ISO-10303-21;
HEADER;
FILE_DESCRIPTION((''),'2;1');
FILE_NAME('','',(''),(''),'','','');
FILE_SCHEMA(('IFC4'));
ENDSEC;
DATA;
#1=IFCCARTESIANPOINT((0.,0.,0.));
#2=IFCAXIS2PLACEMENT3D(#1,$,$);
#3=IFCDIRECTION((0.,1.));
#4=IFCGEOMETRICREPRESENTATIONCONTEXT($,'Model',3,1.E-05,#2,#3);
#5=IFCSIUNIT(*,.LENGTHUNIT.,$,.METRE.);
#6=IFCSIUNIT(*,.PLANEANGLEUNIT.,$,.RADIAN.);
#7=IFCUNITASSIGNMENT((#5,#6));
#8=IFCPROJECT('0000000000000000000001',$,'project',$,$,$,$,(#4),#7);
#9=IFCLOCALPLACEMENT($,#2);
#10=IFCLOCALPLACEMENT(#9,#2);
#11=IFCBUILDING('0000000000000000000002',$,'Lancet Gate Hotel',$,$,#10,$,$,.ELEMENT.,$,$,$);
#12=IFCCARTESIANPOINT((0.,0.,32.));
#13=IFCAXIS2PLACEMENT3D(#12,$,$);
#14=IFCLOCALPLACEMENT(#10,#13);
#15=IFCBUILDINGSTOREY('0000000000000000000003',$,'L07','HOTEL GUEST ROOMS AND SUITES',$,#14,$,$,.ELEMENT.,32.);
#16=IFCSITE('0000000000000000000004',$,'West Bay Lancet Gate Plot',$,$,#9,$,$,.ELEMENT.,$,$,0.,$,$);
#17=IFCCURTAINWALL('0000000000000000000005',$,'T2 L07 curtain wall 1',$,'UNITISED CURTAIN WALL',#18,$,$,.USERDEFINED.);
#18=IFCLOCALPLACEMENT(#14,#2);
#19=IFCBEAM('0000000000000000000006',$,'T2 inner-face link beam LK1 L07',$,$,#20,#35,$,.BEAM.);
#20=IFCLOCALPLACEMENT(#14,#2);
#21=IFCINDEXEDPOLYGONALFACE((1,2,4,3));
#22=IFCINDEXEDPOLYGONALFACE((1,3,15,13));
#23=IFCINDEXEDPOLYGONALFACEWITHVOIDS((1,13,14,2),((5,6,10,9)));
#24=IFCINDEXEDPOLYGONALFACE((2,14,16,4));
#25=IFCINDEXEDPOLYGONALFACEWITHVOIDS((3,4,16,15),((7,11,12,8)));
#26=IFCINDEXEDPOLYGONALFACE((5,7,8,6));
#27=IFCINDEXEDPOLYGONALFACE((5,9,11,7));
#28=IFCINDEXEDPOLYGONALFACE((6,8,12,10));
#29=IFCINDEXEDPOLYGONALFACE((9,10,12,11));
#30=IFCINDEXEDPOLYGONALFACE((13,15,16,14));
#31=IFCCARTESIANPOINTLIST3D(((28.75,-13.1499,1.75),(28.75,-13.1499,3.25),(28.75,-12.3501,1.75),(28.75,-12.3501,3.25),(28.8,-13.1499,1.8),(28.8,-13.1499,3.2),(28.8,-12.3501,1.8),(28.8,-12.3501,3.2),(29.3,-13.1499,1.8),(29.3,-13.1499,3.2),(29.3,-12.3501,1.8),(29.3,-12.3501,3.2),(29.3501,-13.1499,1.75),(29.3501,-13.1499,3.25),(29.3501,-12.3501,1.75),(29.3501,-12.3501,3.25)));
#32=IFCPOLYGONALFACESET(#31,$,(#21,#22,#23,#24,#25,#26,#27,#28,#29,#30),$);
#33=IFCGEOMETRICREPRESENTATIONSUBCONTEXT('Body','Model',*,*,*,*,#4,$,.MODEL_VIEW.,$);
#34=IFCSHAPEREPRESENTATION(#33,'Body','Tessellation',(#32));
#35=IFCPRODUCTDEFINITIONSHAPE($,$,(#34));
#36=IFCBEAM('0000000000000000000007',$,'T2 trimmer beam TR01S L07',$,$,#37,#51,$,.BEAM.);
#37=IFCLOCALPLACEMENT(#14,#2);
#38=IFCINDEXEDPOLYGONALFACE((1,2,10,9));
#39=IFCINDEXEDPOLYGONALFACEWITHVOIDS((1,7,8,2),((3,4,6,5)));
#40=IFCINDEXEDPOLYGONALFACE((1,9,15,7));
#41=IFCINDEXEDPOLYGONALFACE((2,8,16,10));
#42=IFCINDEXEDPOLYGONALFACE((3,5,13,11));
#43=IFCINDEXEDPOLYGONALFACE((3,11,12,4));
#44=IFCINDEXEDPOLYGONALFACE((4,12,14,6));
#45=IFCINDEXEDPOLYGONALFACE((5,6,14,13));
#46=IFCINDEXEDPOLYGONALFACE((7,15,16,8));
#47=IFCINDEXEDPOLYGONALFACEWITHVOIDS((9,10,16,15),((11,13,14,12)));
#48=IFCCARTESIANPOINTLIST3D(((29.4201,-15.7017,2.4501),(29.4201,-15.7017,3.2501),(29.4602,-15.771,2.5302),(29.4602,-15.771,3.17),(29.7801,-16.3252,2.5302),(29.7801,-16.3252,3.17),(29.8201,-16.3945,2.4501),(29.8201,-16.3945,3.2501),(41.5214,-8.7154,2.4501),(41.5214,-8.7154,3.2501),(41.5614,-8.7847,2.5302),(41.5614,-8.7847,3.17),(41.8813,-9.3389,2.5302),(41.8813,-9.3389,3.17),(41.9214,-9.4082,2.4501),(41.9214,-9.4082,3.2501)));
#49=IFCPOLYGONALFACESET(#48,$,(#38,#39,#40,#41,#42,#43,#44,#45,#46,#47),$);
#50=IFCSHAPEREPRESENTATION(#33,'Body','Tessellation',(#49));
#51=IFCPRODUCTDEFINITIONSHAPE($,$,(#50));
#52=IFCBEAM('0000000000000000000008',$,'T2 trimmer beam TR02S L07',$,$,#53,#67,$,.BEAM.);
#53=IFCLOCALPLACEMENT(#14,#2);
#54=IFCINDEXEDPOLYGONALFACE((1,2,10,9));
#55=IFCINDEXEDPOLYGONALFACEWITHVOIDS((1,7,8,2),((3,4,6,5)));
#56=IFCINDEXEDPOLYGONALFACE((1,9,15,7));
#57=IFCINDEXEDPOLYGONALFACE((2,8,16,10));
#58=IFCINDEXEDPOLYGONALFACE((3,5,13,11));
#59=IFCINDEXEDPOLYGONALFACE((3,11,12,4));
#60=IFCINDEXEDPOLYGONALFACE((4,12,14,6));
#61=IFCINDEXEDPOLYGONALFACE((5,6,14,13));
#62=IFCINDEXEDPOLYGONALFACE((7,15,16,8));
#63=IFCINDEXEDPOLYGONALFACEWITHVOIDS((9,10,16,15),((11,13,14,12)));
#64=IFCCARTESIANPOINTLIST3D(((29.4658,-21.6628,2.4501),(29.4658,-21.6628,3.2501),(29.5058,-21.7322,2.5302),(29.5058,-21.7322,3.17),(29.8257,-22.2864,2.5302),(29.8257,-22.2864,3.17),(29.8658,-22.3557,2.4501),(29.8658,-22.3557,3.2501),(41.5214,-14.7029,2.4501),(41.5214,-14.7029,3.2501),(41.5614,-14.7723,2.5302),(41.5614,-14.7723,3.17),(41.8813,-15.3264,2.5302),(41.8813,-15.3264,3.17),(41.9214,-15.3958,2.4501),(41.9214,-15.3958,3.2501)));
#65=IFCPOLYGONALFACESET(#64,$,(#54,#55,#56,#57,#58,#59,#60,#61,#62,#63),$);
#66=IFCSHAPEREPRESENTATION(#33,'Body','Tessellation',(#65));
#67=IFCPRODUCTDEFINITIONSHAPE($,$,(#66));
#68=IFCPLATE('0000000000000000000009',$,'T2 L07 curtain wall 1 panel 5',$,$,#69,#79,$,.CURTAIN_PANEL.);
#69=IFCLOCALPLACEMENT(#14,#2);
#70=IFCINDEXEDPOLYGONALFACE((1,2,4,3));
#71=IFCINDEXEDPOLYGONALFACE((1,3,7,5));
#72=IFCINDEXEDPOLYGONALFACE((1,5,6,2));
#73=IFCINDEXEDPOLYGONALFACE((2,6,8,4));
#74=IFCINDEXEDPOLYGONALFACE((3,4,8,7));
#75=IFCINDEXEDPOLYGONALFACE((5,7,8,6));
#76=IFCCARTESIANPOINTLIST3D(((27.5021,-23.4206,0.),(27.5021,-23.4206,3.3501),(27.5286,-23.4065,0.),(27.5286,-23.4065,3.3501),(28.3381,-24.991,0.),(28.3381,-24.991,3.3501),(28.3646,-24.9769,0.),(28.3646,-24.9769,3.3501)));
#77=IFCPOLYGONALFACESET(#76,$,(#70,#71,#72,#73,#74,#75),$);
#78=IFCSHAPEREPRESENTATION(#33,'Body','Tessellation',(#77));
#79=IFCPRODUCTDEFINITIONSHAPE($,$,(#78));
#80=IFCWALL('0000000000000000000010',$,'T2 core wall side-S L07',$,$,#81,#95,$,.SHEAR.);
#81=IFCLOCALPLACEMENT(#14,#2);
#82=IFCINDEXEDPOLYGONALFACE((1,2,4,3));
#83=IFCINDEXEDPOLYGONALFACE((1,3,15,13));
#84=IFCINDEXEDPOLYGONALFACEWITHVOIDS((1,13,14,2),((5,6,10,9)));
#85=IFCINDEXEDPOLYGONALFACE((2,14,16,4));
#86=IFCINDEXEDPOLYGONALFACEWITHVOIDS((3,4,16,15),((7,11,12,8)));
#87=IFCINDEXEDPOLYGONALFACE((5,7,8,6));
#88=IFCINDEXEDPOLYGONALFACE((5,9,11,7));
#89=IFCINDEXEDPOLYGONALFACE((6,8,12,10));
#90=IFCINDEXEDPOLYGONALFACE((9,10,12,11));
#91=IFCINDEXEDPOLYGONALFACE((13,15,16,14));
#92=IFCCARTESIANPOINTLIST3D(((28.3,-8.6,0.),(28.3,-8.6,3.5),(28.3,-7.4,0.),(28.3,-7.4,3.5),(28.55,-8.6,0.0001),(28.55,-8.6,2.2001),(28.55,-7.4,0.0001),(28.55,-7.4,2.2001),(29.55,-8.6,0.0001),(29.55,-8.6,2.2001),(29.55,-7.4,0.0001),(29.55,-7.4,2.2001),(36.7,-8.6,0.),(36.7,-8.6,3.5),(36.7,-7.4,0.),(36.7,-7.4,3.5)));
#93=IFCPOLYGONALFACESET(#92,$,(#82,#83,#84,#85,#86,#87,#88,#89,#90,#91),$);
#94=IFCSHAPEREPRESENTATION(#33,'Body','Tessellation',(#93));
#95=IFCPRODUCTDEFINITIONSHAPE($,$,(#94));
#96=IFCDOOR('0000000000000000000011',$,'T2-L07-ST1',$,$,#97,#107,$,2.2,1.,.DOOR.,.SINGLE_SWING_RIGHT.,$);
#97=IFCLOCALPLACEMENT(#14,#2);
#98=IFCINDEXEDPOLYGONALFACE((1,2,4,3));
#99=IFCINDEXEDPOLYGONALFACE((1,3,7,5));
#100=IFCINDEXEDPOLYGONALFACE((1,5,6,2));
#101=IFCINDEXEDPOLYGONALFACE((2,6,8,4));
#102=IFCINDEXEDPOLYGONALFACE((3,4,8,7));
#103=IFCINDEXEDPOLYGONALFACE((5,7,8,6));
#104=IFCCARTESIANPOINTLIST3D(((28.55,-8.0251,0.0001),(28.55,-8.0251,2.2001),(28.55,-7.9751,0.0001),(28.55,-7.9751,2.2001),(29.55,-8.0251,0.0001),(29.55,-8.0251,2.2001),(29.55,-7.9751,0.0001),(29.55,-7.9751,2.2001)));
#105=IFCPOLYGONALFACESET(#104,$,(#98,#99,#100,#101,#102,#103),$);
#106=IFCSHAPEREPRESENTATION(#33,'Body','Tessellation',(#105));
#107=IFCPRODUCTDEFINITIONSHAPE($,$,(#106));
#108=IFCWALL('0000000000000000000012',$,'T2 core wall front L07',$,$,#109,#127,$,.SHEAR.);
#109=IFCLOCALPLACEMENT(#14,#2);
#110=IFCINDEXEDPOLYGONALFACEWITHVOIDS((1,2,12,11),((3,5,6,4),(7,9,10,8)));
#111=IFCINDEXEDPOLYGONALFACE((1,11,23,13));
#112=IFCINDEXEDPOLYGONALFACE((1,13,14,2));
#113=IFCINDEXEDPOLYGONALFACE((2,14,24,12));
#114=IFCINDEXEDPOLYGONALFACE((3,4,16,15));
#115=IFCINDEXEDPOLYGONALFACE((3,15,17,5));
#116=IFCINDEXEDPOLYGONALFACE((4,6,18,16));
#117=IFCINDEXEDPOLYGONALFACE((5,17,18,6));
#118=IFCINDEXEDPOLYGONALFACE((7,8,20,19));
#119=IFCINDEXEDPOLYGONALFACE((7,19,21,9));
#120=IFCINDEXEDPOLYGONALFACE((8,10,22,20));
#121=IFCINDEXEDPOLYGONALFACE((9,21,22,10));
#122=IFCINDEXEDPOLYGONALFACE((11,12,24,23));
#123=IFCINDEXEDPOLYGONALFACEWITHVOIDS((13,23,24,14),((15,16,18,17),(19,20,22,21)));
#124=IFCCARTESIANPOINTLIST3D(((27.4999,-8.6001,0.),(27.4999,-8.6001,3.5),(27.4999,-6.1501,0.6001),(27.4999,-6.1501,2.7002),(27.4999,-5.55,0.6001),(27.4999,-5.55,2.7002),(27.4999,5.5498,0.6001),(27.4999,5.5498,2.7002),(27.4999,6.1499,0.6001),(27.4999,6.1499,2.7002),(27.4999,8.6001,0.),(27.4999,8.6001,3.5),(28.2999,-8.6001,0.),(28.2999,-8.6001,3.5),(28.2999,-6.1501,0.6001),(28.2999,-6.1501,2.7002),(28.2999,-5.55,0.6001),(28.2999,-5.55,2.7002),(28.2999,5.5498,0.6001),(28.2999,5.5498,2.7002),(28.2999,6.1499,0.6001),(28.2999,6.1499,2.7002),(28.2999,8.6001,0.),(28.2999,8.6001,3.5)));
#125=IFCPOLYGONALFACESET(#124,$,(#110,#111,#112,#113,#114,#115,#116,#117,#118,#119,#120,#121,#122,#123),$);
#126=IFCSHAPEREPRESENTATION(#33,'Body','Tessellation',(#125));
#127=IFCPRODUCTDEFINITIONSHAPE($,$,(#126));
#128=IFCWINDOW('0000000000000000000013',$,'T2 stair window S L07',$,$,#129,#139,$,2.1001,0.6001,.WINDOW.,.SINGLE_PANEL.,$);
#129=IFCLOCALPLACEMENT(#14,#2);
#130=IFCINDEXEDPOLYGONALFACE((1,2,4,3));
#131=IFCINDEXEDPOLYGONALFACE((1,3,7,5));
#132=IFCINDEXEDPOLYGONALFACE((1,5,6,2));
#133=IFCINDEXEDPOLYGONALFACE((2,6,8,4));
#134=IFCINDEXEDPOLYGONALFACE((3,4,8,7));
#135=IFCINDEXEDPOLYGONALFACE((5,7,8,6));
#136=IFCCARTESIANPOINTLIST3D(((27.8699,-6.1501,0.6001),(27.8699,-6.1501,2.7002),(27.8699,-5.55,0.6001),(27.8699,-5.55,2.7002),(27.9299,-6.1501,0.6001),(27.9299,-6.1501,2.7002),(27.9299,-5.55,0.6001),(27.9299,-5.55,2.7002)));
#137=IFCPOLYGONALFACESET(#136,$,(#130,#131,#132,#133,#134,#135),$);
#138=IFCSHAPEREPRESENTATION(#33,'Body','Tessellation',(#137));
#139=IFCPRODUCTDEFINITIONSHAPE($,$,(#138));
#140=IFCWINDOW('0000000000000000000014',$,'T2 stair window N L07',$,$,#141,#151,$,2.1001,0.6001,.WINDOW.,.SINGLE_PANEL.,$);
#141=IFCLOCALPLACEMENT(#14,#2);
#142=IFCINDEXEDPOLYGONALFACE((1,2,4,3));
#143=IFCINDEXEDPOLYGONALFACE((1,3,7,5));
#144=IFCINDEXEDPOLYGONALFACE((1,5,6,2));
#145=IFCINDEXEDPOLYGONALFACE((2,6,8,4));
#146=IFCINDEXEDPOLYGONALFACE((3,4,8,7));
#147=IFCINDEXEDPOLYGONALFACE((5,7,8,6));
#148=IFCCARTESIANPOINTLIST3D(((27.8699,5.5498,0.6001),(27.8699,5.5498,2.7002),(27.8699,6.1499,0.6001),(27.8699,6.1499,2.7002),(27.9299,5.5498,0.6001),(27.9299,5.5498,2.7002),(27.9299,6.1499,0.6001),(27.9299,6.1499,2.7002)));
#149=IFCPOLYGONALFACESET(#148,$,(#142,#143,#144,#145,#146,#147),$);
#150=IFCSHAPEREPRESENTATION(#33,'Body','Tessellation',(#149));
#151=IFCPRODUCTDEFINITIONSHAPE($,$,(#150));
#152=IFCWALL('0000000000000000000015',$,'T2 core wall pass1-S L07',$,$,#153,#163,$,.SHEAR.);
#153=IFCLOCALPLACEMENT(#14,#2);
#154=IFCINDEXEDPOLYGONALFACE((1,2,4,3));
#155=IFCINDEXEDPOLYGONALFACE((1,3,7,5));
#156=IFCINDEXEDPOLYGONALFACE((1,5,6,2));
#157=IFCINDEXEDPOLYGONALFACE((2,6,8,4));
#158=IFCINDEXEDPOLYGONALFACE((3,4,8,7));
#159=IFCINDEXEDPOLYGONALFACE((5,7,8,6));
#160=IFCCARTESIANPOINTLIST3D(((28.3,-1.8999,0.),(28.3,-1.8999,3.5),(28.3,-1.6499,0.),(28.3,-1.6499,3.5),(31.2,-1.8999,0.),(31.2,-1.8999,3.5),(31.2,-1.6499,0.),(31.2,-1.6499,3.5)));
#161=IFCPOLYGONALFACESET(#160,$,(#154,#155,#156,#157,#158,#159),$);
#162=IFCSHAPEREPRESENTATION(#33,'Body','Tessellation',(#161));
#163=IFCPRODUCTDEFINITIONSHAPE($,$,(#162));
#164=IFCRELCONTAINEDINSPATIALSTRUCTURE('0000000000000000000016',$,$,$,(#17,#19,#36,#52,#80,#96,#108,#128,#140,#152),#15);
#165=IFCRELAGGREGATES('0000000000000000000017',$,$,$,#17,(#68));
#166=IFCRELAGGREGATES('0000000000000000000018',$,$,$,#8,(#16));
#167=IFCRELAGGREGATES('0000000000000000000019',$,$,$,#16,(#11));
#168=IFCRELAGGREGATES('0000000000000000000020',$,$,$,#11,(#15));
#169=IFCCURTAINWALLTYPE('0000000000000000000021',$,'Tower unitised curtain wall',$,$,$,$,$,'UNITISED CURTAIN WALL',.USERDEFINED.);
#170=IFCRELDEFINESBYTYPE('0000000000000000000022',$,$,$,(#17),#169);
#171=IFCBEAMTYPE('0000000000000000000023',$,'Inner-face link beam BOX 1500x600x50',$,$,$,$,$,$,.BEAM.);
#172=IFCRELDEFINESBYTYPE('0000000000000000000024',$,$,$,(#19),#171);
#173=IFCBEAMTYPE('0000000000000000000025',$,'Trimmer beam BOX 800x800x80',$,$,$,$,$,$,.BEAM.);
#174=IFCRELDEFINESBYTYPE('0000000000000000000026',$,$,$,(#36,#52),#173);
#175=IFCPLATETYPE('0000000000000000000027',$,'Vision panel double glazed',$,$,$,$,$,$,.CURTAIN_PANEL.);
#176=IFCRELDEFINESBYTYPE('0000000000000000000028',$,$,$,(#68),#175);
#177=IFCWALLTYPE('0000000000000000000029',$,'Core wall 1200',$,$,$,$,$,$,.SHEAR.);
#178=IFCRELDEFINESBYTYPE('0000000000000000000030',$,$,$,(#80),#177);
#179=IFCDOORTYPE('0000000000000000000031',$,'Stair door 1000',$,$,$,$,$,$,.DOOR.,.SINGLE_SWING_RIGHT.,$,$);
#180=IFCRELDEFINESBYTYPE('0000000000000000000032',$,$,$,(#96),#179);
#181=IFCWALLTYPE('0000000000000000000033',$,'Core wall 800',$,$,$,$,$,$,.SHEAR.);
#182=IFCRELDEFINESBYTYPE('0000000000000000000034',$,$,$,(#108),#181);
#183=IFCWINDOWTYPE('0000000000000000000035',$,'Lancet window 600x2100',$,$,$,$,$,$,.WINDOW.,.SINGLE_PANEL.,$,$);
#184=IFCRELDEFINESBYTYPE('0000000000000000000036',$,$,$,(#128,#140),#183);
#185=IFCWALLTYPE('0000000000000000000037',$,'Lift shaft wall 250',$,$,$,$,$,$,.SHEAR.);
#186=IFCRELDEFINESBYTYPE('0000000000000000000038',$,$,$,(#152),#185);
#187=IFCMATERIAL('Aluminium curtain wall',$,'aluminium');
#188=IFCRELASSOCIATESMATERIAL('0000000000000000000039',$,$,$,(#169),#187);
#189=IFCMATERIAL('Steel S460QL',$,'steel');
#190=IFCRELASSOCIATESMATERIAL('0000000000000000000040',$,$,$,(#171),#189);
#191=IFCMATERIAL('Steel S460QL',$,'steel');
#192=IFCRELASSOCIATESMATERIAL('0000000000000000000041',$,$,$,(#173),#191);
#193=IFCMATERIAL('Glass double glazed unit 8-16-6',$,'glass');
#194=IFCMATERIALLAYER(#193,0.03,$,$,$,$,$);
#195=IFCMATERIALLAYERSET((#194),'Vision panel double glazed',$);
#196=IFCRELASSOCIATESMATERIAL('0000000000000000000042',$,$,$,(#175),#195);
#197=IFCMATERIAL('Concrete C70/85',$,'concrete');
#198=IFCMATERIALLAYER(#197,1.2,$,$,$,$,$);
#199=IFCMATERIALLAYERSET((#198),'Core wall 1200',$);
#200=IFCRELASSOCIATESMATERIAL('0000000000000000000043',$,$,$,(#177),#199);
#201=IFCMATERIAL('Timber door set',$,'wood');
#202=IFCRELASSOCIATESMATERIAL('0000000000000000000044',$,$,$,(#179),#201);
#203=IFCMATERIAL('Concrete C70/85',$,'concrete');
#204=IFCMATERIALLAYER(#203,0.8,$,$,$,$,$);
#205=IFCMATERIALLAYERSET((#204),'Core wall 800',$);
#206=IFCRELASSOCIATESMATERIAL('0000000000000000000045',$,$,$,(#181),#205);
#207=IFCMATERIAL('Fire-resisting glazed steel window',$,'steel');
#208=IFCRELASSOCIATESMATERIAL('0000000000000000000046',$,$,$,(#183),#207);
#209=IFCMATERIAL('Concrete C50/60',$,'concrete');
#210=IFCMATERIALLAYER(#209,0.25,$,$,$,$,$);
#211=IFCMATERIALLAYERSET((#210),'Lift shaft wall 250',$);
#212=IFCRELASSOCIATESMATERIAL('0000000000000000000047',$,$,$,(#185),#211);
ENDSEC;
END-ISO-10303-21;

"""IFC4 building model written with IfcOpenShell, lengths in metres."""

from ifc_helpers import new_model, si_unit, direction, frame, frame_2d, origin, origin_2d, place, context, subcontext, project, spatial, rectangle, hollow_rectangle, extrude, material, layer, layer_set, material_profile, profile_set, type_object, element, fill, aggregate, save


model = new_model("IFC4")

# Units and contexts
model_context = context("Model", 3, precision=1e-05, world=origin(), true_north=direction((0.0, 1.0)))
body_context = subcontext(model_context, "Body", "Model", "MODEL_VIEW")
ifc_project = project(units=[si_unit("LENGTHUNIT", "METRE"), si_unit("PLANEANGLEUNIT", "RADIAN")], contexts=[model_context])

# Site, building, storey
site_placement = place(None, origin())
site = spatial("IfcSite", under=ifc_project, at=site_placement, Name="West Bay Lancet Gate Plot", CompositionType="ELEMENT", RefElevation=0.0)
building_placement = place(site_placement, origin())
building = spatial("IfcBuilding", under=site, at=building_placement, Name="Lancet Gate Hotel", CompositionType="ELEMENT")
storey_placement = place(building_placement, frame((0.0, 0.0, 32.0)))
storey = spatial("IfcBuildingStorey", under=building, at=storey_placement, Name="L07", Description="HOTEL GUEST ROOMS AND SUITES", CompositionType="ELEMENT", Elevation=32.0)

# Curtain wall
ifc_material_1 = material(Name="Aluminium curtain wall", Category="aluminium")
curtain_wall_type = type_object("IfcCurtainWallType", Name="Tower unitised curtain wall", ElementType="UNITISED CURTAIN WALL", PredefinedType="USERDEFINED", material=ifc_material_1)
curtain_wall_placement = place(storey_placement, origin())
curtain_wall = element("IfcCurtainWall", 1, at=curtain_wall_placement, inside=storey, type_object=curtain_wall_type, Name="T2 L07 curtain wall 1", ObjectType="UNITISED CURTAIN WALL", PredefinedType="USERDEFINED")

# Beams
ifc_material_2 = material(Name="Steel S460QL", Category="steel")
ifc_material_profile_1 = material_profile(ifc_material_2, hollow_rectangle(XDim=0.6001, YDim=1.5, WallThickness=0.05, at=origin_2d()), Name="BOX 1500x600x50")
ifc_profile_set_1 = profile_set([ifc_material_profile_1], Name="Steel S460QL")
beam_type_1 = type_object("IfcBeamType", Name="Inner-face link beam BOX 1500x600x50", PredefinedType="BEAM", material=ifc_profile_set_1)
beam_1_placement = place(storey_placement, frame((29.05, -13.1499, 2.5), z_axis=(0.0, 1.0, 0.0), x_axis=(-1.0, 0.0, 0.0)))
element("IfcBeam", 2, at=beam_1_placement, inside=storey, type_object=beam_type_1, Name="T2 inner-face link beam LK1 L07", PredefinedType="BEAM", context=body_context, shape_type="SweptSolid", body=[
    extrude(hollow_rectangle(XDim=0.6001, YDim=1.5, WallThickness=0.05, at=origin_2d()), origin(), (0.0, 0.0, 1.0), 0.7998),
])
ifc_material_3 = material(Name="Steel S460QL", Category="steel")
ifc_material_profile_2 = material_profile(ifc_material_3, hollow_rectangle(XDim=0.8, YDim=0.8, WallThickness=0.0801, at=origin_2d()), Name="BOX 800x800x80")
ifc_profile_set_2 = profile_set([ifc_material_profile_2], Name="Steel S460QL")
beam_type_2 = type_object("IfcBeamType", Name="Trimmer beam BOX 800x800x80", PredefinedType="BEAM", material=ifc_profile_set_2)
beam_2_placement = place(storey_placement, frame((29.6201, -16.0481, 2.8501), z_axis=(0.866037, 0.49998, 0.0), x_axis=(-0.49998, 0.866037, 0.0)))
element("IfcBeam", 3, at=beam_2_placement, inside=storey, type_object=beam_type_2, Name="T2 trimmer beam TR01S L07", PredefinedType="BEAM", context=body_context, shape_type="SweptSolid", body=[
    extrude(hollow_rectangle(XDim=0.8, YDim=0.8, WallThickness=0.0801, at=origin_2d()), origin(), (0.0, 0.0, 1.0), 13.9731),
])
beam_3_placement = place(storey_placement, frame((29.6658, -22.0093, 2.8501), z_axis=(0.866037, 0.49998, 0.0), x_axis=(-0.49998, 0.866037, 0.0)))
element("IfcBeam", 4, at=beam_3_placement, inside=storey, type_object=beam_type_2, Name="T2 trimmer beam TR02S L07", PredefinedType="BEAM", context=body_context, shape_type="SweptSolid", body=[
    extrude(hollow_rectangle(XDim=0.8, YDim=0.8, WallThickness=0.0801, at=origin_2d()), origin(), (0.0, 0.0, 1.0), 13.9204),
])

# Plate
ifc_material_4 = material(Name="Glass double glazed unit 8-16-6", Category="glass")
ifc_layer_1 = layer(ifc_material_4, 0.03)
ifc_layer_set_1 = layer_set([ifc_layer_1], Name="Vision panel double glazed")
plate_type = type_object("IfcPlateType", Name="Vision panel double glazed", PredefinedType="CURTAIN_PANEL", material=ifc_layer_set_1)
plate_placement = place(storey_placement, frame((27.9333, -24.1987, 0.0), z_axis=(0.0, 0.0, 1.0), x_axis=(0.469898, -0.882721, 0.0)))
plate = element("IfcPlate", 5, at=plate_placement, type_object=plate_type, Name="T2 L07 curtain wall 1 panel 5", PredefinedType="CURTAIN_PANEL", context=body_context, shape_type="SweptSolid", body=[
    extrude(rectangle(XDim=1.7791, YDim=0.03, at=origin_2d()), origin(), (0.0, 0.0, 1.0), 3.3501),
])
aggregate(curtain_wall, [plate])

# Wall, opening, door
ifc_material_5 = material(Name="Concrete C70/85", Category="concrete")
ifc_layer_2 = layer(ifc_material_5, 1.2)
ifc_layer_set_2 = layer_set([ifc_layer_2], Name="Core wall 1200")
wall_type_1 = type_object("IfcWallType", Name="Core wall 1200", PredefinedType="SHEAR", material=ifc_layer_set_2)
wall_1_placement = place(storey_placement, frame((28.3, -8.0, 0.0), z_axis=(0.0, 0.0, 1.0), x_axis=(1.0, 0.0, 0.0)))
wall_1 = element("IfcWall", 6, at=wall_1_placement, inside=storey, type_object=wall_type_1, Name="T2 core wall side-S L07", PredefinedType="SHEAR", context=body_context, shape_type="SweptSolid", body=[
    extrude(rectangle(XDim=8.3999, YDim=1.2, at=frame_2d((4.2, 0.0))), origin(), (0.0, 0.0, 1.0), 3.5),
])
opening_1_placement = place(wall_1_placement, frame((0.25, 0.0, 0.0)))
opening_1 = element("IfcOpeningElement", 7, at=opening_1_placement, cuts=wall_1, PredefinedType="OPENING", context=body_context, shape_type="SweptSolid", body=[
    extrude(rectangle(XDim=1.0, YDim=2.2, at=frame_2d((0.5, 1.1001))), frame((0.0, 0.6099, 0.0), z_axis=(0.0, -1.0, 0.0), x_axis=(1.0, 0.0, 0.0)), (0.0, 0.0, 1.0), 1.22),
])
ifc_material_6 = material(Name="Timber door set", Category="wood")
door_type = type_object("IfcDoorType", Name="Stair door 1000", OperationType="SINGLE_SWING_RIGHT", PredefinedType="DOOR", material=ifc_material_6)
door_placement = place(opening_1_placement, origin())
door = element("IfcDoor", 8, at=door_placement, inside=storey, type_object=door_type, Name="T2-L07-ST1", OperationType="SINGLE_SWING_RIGHT", OverallHeight=2.2, OverallWidth=1.0, PredefinedType="DOOR", context=body_context, shape_type="SweptSolid", body=[
    extrude(rectangle(XDim=1.0, YDim=2.2, at=frame_2d((0.5, 1.1001))), frame((0.0, 0.0249, 0.0), z_axis=(0.0, -1.0, 0.0), x_axis=(1.0, 0.0, 0.0)), (0.0, 0.0, 1.0), 0.05),
])
fill(opening_1, door)

# Wall, openings, windows
ifc_material_7 = material(Name="Concrete C70/85", Category="concrete")
ifc_layer_3 = layer(ifc_material_7, 0.8)
ifc_layer_set_3 = layer_set([ifc_layer_3], Name="Core wall 800")
wall_type_2 = type_object("IfcWallType", Name="Core wall 800", PredefinedType="SHEAR", material=ifc_layer_set_3)
wall_2_placement = place(storey_placement, frame((27.8999, -8.6001, 0.0), z_axis=(0.0, 0.0, 1.0), x_axis=(0.0, 1.0, 0.0)))
wall_2 = element("IfcWall", 9, at=wall_2_placement, inside=storey, type_object=wall_type_2, Name="T2 core wall front L07", PredefinedType="SHEAR", context=body_context, shape_type="SweptSolid", body=[
    extrude(rectangle(XDim=17.2002, YDim=0.8, at=frame_2d((8.6001, 0.0))), origin(), (0.0, 0.0, 1.0), 3.5),
])
opening_2_placement = place(wall_2_placement, frame((2.45, 0.0, 0.6001)))
opening_2 = element("IfcOpeningElement", 10, at=opening_2_placement, cuts=wall_2, PredefinedType="OPENING", context=body_context, shape_type="SweptSolid", body=[
    extrude(rectangle(XDim=0.6001, YDim=2.1001, at=frame_2d((0.3, 1.05))), frame((0.0, 0.4099, 0.0), z_axis=(0.0, -1.0, 0.0), x_axis=(1.0, 0.0, 0.0)), (0.0, 0.0, 1.0), 0.8201),
])
opening_3_placement = place(wall_2_placement, frame((14.1499, 0.0, 0.6001)))
opening_3 = element("IfcOpeningElement", 11, at=opening_3_placement, cuts=wall_2, PredefinedType="OPENING", context=body_context, shape_type="SweptSolid", body=[
    extrude(rectangle(XDim=0.6001, YDim=2.1001, at=frame_2d((0.3, 1.05))), frame((0.0, 0.4099, 0.0), z_axis=(0.0, -1.0, 0.0), x_axis=(1.0, 0.0, 0.0)), (0.0, 0.0, 1.0), 0.8201),
])
ifc_material_8 = material(Name="Fire-resisting glazed steel window", Category="steel")
window_type = type_object("IfcWindowType", Name="Lancet window 600x2100", PartitioningType="SINGLE_PANEL", PredefinedType="WINDOW", material=ifc_material_8)
window_1_placement = place(opening_2_placement, origin())
window_1 = element("IfcWindow", 12, at=window_1_placement, inside=storey, type_object=window_type, Name="T2 stair window S L07", OverallHeight=2.1001, OverallWidth=0.6001, PartitioningType="SINGLE_PANEL", PredefinedType="WINDOW", context=body_context, shape_type="SweptSolid", body=[
    extrude(rectangle(XDim=0.6001, YDim=2.1001, at=frame_2d((0.3, 1.05))), frame((0.0, 0.03, 0.0), z_axis=(0.0, -1.0, 0.0), x_axis=(1.0, 0.0, 0.0)), (0.0, 0.0, 1.0), 0.0601),
])
fill(opening_2, window_1)
window_2_placement = place(opening_3_placement, origin())
window_2 = element("IfcWindow", 13, at=window_2_placement, inside=storey, type_object=window_type, Name="T2 stair window N L07", OverallHeight=2.1001, OverallWidth=0.6001, PartitioningType="SINGLE_PANEL", PredefinedType="WINDOW", context=body_context, shape_type="SweptSolid", body=[
    extrude(rectangle(XDim=0.6001, YDim=2.1001, at=frame_2d((0.3, 1.05))), frame((0.0, 0.03, 0.0), z_axis=(0.0, -1.0, 0.0), x_axis=(1.0, 0.0, 0.0)), (0.0, 0.0, 1.0), 0.0601),
])
fill(opening_3, window_2)

# Wall
ifc_material_9 = material(Name="Concrete C50/60", Category="concrete")
ifc_layer_4 = layer(ifc_material_9, 0.25)
ifc_layer_set_4 = layer_set([ifc_layer_4], Name="Lift shaft wall 250")
wall_type_3 = type_object("IfcWallType", Name="Lift shaft wall 250", PredefinedType="SHEAR", material=ifc_layer_set_4)
wall_3_placement = place(storey_placement, frame((28.3, -1.7749, 0.0), z_axis=(0.0, 0.0, 1.0), x_axis=(1.0, 0.0, 0.0)))
element("IfcWall", 14, at=wall_3_placement, inside=storey, type_object=wall_type_3, Name="T2 core wall pass1-S L07", PredefinedType="SHEAR", context=body_context, shape_type="SweptSolid", body=[
    extrude(rectangle(XDim=2.8999, YDim=0.25, at=frame_2d((1.45, 0.0))), origin(), (0.0, 0.0, 1.0), 3.5),
])

save(model, "model.ifc")
